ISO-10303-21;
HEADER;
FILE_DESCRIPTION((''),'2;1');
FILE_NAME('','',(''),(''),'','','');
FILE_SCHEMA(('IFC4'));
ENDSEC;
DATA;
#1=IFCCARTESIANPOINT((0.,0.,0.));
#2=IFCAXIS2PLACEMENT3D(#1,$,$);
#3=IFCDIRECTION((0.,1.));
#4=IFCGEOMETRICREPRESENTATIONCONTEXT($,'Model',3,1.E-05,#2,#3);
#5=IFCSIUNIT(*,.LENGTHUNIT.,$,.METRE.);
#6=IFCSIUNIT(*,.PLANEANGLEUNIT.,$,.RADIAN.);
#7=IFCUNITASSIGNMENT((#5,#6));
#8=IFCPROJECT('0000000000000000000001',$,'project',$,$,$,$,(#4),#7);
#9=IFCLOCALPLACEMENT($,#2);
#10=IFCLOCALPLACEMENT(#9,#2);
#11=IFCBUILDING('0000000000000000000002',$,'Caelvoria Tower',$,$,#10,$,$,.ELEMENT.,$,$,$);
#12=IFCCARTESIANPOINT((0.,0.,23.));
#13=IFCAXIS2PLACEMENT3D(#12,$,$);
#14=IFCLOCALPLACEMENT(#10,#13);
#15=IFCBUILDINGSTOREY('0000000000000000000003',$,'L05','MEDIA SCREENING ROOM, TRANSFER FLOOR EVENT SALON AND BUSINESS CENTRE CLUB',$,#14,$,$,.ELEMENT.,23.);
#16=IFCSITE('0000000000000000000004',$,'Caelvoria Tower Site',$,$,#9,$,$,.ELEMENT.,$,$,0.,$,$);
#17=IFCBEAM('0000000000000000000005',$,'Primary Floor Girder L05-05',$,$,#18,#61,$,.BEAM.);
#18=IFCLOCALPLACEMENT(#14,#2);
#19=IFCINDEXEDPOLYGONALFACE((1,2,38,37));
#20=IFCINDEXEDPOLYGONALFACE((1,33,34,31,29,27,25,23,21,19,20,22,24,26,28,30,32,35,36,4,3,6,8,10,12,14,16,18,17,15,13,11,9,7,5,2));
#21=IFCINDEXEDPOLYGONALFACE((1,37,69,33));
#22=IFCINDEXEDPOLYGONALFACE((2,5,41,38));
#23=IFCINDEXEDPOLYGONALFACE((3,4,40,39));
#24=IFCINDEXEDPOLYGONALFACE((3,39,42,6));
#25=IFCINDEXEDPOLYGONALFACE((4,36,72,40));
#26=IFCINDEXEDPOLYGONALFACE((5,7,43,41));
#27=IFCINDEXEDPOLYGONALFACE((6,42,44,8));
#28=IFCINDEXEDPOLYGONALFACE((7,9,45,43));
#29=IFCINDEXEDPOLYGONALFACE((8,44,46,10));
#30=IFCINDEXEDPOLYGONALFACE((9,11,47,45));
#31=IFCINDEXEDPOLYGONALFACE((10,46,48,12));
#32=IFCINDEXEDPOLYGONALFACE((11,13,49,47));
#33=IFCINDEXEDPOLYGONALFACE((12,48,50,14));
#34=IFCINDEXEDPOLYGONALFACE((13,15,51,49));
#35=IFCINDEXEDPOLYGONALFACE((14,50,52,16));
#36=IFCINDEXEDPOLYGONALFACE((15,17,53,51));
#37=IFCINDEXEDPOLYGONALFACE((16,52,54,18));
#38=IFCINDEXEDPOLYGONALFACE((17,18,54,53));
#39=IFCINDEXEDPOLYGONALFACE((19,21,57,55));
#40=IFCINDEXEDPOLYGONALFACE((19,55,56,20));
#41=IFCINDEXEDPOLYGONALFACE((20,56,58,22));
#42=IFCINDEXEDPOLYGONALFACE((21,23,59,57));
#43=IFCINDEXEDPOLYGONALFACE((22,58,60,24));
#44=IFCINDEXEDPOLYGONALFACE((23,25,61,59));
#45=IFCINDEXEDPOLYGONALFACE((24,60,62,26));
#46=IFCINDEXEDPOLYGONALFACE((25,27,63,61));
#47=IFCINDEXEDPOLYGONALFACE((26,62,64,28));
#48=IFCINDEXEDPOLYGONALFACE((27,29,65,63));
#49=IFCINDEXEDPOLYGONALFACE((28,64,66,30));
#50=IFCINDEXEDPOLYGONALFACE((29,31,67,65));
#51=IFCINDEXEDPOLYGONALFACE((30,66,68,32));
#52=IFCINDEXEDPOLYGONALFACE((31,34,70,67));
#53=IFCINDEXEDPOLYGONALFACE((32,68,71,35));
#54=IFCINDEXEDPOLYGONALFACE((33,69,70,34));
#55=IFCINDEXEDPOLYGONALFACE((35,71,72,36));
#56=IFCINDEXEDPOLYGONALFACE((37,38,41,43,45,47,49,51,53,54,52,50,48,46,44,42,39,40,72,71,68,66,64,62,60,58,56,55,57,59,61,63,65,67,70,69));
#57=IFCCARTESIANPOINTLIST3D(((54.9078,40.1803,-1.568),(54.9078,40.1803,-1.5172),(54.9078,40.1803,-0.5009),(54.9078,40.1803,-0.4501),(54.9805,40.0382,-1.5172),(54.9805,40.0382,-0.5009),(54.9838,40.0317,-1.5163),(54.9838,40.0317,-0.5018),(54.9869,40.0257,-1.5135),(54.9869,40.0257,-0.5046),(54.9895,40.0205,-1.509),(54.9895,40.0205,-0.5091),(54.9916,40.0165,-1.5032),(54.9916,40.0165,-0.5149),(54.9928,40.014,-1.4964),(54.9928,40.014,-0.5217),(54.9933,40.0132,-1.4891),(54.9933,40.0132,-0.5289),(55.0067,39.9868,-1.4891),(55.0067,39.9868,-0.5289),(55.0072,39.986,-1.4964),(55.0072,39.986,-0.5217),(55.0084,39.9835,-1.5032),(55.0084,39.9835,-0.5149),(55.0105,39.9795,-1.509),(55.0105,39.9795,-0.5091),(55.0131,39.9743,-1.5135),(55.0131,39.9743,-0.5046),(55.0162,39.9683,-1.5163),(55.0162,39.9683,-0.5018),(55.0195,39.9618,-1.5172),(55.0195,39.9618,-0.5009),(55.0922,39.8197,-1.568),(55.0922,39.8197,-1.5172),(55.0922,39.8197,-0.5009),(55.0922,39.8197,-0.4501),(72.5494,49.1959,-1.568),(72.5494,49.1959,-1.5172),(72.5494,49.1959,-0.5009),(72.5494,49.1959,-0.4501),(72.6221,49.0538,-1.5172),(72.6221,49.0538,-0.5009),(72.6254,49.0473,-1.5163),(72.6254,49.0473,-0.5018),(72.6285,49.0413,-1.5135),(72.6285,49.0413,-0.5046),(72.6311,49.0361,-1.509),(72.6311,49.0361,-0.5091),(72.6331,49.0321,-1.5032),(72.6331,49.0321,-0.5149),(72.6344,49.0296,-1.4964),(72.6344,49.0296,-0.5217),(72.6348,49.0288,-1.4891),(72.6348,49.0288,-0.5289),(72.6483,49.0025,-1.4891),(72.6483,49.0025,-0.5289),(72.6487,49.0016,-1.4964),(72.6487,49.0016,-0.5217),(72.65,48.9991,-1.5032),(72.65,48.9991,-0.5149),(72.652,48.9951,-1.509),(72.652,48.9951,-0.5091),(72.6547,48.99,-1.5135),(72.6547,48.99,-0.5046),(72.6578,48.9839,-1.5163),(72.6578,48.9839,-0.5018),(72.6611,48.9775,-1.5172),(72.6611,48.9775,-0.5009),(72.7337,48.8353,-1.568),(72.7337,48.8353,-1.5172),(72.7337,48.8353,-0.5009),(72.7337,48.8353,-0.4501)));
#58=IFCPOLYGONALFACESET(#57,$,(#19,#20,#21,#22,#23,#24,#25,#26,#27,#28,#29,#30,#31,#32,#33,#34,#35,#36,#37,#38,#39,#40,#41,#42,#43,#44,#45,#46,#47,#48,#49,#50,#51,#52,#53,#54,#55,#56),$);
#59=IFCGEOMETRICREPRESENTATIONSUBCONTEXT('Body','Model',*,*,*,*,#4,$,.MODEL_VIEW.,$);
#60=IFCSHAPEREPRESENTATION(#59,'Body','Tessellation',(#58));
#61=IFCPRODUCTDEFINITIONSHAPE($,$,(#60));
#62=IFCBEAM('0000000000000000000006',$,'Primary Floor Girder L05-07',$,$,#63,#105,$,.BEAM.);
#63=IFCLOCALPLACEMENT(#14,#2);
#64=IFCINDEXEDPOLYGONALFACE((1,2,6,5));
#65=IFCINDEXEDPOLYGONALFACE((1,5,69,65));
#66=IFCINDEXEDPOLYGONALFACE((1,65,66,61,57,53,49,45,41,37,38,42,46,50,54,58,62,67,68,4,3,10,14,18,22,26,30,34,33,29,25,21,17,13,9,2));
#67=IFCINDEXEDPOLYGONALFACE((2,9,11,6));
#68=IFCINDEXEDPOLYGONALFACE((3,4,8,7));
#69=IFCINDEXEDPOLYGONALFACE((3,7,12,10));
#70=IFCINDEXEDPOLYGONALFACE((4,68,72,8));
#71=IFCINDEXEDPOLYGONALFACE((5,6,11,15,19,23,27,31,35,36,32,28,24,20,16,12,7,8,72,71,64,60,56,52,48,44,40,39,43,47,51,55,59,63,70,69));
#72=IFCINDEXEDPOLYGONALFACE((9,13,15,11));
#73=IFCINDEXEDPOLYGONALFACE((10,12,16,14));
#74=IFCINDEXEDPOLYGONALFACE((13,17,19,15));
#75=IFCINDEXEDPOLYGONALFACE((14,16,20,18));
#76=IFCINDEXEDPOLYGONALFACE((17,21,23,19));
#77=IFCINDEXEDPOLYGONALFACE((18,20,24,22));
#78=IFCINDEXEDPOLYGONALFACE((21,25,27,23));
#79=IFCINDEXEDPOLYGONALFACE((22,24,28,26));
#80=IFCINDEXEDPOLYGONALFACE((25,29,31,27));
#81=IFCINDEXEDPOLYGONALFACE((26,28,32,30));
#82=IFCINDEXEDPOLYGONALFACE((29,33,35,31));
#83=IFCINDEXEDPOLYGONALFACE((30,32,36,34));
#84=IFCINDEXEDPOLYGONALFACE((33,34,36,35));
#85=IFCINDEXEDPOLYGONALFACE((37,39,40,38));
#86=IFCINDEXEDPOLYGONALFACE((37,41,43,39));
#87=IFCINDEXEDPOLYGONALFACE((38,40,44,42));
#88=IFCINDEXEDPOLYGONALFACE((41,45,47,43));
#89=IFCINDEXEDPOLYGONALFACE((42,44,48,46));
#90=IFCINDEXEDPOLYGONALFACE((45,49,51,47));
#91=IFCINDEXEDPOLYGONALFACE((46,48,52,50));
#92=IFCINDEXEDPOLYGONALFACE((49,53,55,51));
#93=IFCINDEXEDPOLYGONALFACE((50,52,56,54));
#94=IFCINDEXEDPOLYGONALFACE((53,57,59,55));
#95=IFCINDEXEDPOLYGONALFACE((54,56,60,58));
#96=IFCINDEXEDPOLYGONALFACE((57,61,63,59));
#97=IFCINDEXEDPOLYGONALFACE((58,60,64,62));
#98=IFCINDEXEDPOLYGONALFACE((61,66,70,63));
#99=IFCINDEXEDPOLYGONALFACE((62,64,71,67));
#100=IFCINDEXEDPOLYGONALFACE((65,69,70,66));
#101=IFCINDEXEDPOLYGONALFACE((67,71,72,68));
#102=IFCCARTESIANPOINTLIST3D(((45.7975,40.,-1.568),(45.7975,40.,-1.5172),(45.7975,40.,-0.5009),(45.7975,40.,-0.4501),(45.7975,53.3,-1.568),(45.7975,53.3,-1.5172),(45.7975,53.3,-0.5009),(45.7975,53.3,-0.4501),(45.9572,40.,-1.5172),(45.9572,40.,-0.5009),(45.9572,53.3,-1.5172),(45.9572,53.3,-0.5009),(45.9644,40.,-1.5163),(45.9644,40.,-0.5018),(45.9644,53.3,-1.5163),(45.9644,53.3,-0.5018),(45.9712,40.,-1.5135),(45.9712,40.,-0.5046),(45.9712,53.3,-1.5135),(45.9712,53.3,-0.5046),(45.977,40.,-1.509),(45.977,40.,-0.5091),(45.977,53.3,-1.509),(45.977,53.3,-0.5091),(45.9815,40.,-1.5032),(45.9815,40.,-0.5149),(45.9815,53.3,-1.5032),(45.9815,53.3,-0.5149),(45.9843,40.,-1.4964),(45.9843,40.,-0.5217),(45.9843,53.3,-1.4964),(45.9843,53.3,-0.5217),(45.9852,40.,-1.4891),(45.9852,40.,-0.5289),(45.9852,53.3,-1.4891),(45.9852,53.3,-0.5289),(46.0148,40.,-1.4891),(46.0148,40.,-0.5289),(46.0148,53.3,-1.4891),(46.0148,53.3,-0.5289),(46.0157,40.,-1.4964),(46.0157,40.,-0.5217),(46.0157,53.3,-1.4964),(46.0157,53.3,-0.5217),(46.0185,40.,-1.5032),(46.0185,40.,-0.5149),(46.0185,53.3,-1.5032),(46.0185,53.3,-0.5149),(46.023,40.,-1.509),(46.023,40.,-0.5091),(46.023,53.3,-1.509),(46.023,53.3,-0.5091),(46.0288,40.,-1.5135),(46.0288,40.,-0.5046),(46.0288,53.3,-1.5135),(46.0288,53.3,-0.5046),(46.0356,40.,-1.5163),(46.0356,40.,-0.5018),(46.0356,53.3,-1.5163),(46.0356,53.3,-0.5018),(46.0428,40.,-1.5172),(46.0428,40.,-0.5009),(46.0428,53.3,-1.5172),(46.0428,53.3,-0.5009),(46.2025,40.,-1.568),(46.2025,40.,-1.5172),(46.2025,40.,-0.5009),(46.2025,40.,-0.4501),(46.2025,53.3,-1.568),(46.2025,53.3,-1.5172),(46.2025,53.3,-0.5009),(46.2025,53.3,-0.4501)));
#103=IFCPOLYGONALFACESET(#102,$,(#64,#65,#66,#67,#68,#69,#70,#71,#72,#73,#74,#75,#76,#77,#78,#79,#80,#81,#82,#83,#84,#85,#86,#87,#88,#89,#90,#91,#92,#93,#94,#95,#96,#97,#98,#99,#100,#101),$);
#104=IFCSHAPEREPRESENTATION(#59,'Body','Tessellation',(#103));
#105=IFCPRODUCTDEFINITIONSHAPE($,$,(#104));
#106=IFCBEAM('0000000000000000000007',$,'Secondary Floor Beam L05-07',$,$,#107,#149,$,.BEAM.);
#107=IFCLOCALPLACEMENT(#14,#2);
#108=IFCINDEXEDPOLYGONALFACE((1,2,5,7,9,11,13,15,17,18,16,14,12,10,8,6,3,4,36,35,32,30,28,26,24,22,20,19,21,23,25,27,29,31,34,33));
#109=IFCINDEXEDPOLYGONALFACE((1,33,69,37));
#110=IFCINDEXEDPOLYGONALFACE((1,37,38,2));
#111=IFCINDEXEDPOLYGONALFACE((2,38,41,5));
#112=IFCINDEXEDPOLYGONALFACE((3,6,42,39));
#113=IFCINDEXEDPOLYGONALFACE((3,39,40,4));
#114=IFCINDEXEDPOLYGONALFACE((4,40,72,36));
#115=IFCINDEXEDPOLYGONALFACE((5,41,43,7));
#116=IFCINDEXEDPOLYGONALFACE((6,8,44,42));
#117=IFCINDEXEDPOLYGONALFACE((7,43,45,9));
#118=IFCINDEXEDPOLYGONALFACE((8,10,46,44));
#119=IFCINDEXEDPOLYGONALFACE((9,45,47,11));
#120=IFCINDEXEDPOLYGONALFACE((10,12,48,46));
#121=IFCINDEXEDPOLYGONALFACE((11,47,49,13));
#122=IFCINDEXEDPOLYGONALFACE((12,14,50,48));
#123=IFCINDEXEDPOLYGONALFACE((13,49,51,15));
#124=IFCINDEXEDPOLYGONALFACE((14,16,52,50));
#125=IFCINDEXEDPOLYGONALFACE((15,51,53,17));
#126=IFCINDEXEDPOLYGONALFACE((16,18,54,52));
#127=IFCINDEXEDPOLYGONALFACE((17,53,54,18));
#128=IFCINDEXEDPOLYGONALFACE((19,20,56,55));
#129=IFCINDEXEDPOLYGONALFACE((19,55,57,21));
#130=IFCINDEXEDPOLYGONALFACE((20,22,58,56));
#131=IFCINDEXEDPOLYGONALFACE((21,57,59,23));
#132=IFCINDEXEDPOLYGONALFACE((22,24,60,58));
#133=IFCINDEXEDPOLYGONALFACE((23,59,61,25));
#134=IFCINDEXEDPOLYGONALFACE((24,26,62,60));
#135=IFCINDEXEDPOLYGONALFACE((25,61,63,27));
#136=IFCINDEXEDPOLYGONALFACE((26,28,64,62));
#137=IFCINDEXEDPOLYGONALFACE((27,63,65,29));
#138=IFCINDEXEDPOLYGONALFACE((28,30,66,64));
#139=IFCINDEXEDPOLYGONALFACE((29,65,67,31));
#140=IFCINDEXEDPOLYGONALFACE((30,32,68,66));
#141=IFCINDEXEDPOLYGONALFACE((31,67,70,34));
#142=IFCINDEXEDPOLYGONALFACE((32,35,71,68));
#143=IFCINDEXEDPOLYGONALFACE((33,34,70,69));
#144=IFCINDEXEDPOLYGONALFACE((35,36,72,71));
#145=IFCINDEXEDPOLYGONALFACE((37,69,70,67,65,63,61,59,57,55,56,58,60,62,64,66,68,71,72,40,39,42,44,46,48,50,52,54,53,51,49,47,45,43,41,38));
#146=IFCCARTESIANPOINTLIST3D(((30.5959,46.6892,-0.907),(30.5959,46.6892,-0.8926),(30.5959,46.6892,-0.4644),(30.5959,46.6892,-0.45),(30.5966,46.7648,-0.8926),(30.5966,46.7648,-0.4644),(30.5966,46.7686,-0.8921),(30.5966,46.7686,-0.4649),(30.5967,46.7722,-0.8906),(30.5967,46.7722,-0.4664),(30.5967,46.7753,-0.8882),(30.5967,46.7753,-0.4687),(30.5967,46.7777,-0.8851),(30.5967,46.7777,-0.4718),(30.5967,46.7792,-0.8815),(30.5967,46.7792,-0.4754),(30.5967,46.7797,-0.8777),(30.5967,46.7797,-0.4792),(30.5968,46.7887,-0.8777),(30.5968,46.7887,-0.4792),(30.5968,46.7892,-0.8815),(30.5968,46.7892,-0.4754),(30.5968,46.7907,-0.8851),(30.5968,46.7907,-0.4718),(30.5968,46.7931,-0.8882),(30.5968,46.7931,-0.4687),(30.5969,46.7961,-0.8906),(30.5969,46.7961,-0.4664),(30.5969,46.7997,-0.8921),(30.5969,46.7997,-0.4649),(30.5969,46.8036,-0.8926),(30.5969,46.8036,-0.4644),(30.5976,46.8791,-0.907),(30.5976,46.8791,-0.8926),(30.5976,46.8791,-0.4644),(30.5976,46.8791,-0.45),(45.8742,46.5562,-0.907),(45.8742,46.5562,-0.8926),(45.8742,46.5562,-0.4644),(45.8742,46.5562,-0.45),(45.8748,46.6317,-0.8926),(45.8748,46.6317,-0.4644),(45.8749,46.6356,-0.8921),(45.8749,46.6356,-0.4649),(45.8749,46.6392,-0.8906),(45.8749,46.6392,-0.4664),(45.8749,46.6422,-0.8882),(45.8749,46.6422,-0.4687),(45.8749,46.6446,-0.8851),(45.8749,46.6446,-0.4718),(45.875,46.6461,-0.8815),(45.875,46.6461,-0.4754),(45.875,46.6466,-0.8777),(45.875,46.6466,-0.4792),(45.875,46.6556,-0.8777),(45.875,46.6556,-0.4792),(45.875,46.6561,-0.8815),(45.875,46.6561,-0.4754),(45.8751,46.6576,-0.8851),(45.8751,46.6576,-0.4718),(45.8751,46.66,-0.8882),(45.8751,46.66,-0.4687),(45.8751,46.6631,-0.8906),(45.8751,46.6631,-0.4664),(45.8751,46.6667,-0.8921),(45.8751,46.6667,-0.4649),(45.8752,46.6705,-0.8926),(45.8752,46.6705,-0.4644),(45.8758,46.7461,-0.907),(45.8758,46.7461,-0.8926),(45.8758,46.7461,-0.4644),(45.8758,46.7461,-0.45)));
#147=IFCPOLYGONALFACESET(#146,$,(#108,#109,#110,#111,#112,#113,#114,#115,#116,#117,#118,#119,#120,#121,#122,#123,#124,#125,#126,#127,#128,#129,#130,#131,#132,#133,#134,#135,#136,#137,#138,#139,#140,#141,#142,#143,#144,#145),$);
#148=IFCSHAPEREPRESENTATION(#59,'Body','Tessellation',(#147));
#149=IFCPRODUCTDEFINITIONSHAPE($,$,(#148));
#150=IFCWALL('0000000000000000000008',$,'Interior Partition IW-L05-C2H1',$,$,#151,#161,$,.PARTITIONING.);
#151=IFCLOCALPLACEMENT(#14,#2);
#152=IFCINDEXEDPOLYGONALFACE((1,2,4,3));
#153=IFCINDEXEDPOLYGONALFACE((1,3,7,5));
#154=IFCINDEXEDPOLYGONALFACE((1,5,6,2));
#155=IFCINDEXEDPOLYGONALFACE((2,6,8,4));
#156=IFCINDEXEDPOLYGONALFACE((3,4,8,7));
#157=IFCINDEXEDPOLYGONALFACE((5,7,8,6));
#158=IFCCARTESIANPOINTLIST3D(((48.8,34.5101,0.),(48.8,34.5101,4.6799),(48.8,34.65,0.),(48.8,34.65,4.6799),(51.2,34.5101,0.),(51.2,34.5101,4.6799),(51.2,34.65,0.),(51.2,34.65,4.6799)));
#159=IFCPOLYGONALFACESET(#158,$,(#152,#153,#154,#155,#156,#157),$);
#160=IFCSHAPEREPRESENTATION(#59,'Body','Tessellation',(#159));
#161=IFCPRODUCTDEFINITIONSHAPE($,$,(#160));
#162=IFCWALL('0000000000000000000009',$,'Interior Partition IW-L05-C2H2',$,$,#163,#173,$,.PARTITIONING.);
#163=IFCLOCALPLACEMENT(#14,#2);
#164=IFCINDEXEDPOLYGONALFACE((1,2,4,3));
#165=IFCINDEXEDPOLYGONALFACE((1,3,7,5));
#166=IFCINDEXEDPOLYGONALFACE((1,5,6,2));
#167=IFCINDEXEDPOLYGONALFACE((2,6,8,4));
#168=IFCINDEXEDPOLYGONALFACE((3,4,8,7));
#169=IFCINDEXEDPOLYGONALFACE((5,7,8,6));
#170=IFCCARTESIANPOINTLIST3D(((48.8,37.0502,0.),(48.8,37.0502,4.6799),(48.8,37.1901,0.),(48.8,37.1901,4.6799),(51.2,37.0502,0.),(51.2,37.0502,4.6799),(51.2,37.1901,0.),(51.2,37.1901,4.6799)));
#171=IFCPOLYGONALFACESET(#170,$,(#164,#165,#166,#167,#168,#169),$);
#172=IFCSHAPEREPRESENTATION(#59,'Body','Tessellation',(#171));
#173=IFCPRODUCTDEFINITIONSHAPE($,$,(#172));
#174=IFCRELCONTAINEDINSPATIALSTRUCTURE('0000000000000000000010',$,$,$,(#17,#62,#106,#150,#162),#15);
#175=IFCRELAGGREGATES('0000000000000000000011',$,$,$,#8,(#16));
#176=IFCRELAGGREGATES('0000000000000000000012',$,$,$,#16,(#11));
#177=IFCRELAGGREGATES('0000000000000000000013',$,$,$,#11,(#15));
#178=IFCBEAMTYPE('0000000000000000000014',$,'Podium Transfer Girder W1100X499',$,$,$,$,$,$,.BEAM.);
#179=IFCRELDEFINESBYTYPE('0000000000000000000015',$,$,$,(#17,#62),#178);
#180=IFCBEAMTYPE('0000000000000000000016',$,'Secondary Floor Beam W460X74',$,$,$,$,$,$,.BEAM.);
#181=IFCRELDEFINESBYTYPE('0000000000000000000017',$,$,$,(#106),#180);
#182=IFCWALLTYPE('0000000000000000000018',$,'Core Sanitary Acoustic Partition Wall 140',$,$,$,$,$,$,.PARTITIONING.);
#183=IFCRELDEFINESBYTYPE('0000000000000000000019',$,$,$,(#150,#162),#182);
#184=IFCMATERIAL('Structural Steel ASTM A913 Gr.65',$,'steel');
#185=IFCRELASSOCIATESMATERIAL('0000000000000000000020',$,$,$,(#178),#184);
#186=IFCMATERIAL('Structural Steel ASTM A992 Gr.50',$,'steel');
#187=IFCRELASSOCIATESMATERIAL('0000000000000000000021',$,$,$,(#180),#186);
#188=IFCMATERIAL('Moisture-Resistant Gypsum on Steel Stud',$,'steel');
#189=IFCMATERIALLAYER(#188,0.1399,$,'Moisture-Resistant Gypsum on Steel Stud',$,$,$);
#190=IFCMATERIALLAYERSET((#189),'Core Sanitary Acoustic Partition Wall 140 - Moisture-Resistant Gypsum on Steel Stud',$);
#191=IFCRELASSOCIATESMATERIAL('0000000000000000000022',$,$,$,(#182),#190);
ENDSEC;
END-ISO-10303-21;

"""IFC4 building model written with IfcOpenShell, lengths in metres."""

from ifc_helpers import new_model, si_unit, direction, frame, frame_2d, origin, origin_2d, place, context, subcontext, project, spatial, rectangle, i_section, extrude, material, layer, layer_set, material_profile, profile_set, type_object, element, save


model = new_model("IFC4")

# Units and contexts
model_context = context("Model", 3, precision=1e-05, world=origin(), true_north=direction((0.0, 1.0)))
body_context = subcontext(model_context, "Body", "Model", "MODEL_VIEW")
ifc_project = project(units=[si_unit("LENGTHUNIT", "METRE"), si_unit("PLANEANGLEUNIT", "RADIAN")], contexts=[model_context])

# Site, building, storey
site_placement = place(None, origin())
site = spatial("IfcSite", under=ifc_project, at=site_placement, Name="Caelvoria Tower Site", CompositionType="ELEMENT", RefElevation=0.0)
building_placement = place(site_placement, origin())
building = spatial("IfcBuilding", under=site, at=building_placement, Name="Caelvoria Tower", CompositionType="ELEMENT")
storey_placement = place(building_placement, frame((0.0, 0.0, 23.0)))
storey = spatial("IfcBuildingStorey", under=building, at=storey_placement, Name="L05", Description="MEDIA SCREENING ROOM, TRANSFER FLOOR EVENT SALON AND BUSINESS CENTRE CLUB", CompositionType="ELEMENT", Elevation=23.0)

# Shared definitions
ifc_material_1 = material(Name="Structural Steel ASTM A913 Gr.65", Category="steel")

# Beams
ifc_material_2 = material(Name="Structural Steel ASTM A992 Gr.50", Category="steel")
ifc_material_profile_1 = material_profile(ifc_material_1, i_section(OverallWidth=0.405, OverallDepth=1.1179, WebThickness=0.0295, FlangeThickness=0.0508, FilletRadius=0.0281, at=origin_2d()), Name="Structural Steel ASTM A913 Gr.65")
ifc_profile_set_1 = profile_set([ifc_material_profile_1], Name="W1100X499 - Structural Steel ASTM A913 Gr.65")
beam_type_1 = type_object("IfcBeamType", Name="Podium Transfer Girder W1100X499", PredefinedType="BEAM", material=ifc_profile_set_1)
beam_1_placement = place(storey_placement, frame((55.0, 40.0, -1.009), z_axis=(0.890459, 0.455063, 0.0), x_axis=(-0.455063, 0.890459, 0.0)))
element("IfcBeam", 1, at=beam_1_placement, inside=storey, type_object=beam_type_1, Name="Primary Floor Girder L05-05", PredefinedType="BEAM", context=body_context, shape_type="SweptSolid", body=[
    extrude(i_section(OverallWidth=0.405, OverallDepth=1.1179, WebThickness=0.0295, FlangeThickness=0.0508, FilletRadius=0.0281, at=origin_2d()), origin(), (0.0, 0.0, 1.0), 19.8118),
])
beam_2_placement = place(storey_placement, frame((46.0, 40.0, -1.009), z_axis=(0.0, 1.0, 0.0), x_axis=(-1.0, 0.0, 0.0)))
element("IfcBeam", 2, at=beam_2_placement, inside=storey, type_object=beam_type_1, Name="Primary Floor Girder L05-07", PredefinedType="BEAM", context=body_context, shape_type="SweptSolid", body=[
    extrude(i_section(OverallWidth=0.405, OverallDepth=1.1179, WebThickness=0.0295, FlangeThickness=0.0508, FilletRadius=0.0281, at=origin_2d()), origin(), (0.0, 0.0, 1.0), 13.3),
])
ifc_material_profile_2 = material_profile(ifc_material_2, i_section(OverallWidth=0.1899, OverallDepth=0.457, WebThickness=0.009, FlangeThickness=0.0144, FilletRadius=0.0149, at=origin_2d()), Name="Structural Steel ASTM A992 Gr.50")
ifc_profile_set_2 = profile_set([ifc_material_profile_2], Name="W460X74 - Structural Steel ASTM A992 Gr.50")
beam_type_2 = type_object("IfcBeamType", Name="Secondary Floor Beam W460X74", PredefinedType="BEAM", material=ifc_profile_set_2)
beam_3_placement = place(storey_placement, frame((45.875, 46.6511, -0.6785), z_axis=(-0.999962, 0.008709, 0.0), x_axis=(-0.008709, -0.999962, 0.0)))
element("IfcBeam", 3, at=beam_3_placement, inside=storey, type_object=beam_type_2, Name="Secondary Floor Beam L05-07", PredefinedType="BEAM", context=body_context, shape_type="SweptSolid", body=[
    extrude(i_section(OverallWidth=0.1899, OverallDepth=0.457, WebThickness=0.009, FlangeThickness=0.0144, FilletRadius=0.0149, at=origin_2d()), origin(), (0.0, 0.0, 1.0), 15.2788),
])

# Shared definitions
ifc_material_3 = material(Name="Moisture-Resistant Gypsum on Steel Stud", Category="steel")
ifc_layer = layer(ifc_material_3, 0.1399, Name="Moisture-Resistant Gypsum on Steel Stud")
ifc_layer_set = layer_set([ifc_layer], Name="Core Sanitary Acoustic Partition Wall 140 - Moisture-Resistant Gypsum on Steel Stud")
wall_type = type_object("IfcWallType", Name="Core Sanitary Acoustic Partition Wall 140", PredefinedType="PARTITIONING", material=ifc_layer_set)

# Walls
for number, where, z_axis, x_axis, name in (
    (4, (48.8, 34.5801, 0.0), (0.0, 0.0, 1.0), (1.0, 0.0, 0.0), "Interior Partition IW-L05-C2H1"),
    (5, (48.8, 37.1201, 0.0), (0.0, 0.0, 1.0), (1.0, 0.0, 0.0), "Interior Partition IW-L05-C2H2"),
):
    element("IfcWall", number, at=place(storey_placement, frame(where, z_axis=z_axis, x_axis=x_axis)), inside=storey, type_object=wall_type, Name=name, PredefinedType="PARTITIONING", context=body_context, shape_type="SweptSolid", body=[
        extrude(rectangle(XDim=2.3999, YDim=0.1399, at=frame_2d((1.2, 0.0))), origin(), (0.0, 0.0, 1.0), 4.6799),
    ])

save(model, "model.ifc")
